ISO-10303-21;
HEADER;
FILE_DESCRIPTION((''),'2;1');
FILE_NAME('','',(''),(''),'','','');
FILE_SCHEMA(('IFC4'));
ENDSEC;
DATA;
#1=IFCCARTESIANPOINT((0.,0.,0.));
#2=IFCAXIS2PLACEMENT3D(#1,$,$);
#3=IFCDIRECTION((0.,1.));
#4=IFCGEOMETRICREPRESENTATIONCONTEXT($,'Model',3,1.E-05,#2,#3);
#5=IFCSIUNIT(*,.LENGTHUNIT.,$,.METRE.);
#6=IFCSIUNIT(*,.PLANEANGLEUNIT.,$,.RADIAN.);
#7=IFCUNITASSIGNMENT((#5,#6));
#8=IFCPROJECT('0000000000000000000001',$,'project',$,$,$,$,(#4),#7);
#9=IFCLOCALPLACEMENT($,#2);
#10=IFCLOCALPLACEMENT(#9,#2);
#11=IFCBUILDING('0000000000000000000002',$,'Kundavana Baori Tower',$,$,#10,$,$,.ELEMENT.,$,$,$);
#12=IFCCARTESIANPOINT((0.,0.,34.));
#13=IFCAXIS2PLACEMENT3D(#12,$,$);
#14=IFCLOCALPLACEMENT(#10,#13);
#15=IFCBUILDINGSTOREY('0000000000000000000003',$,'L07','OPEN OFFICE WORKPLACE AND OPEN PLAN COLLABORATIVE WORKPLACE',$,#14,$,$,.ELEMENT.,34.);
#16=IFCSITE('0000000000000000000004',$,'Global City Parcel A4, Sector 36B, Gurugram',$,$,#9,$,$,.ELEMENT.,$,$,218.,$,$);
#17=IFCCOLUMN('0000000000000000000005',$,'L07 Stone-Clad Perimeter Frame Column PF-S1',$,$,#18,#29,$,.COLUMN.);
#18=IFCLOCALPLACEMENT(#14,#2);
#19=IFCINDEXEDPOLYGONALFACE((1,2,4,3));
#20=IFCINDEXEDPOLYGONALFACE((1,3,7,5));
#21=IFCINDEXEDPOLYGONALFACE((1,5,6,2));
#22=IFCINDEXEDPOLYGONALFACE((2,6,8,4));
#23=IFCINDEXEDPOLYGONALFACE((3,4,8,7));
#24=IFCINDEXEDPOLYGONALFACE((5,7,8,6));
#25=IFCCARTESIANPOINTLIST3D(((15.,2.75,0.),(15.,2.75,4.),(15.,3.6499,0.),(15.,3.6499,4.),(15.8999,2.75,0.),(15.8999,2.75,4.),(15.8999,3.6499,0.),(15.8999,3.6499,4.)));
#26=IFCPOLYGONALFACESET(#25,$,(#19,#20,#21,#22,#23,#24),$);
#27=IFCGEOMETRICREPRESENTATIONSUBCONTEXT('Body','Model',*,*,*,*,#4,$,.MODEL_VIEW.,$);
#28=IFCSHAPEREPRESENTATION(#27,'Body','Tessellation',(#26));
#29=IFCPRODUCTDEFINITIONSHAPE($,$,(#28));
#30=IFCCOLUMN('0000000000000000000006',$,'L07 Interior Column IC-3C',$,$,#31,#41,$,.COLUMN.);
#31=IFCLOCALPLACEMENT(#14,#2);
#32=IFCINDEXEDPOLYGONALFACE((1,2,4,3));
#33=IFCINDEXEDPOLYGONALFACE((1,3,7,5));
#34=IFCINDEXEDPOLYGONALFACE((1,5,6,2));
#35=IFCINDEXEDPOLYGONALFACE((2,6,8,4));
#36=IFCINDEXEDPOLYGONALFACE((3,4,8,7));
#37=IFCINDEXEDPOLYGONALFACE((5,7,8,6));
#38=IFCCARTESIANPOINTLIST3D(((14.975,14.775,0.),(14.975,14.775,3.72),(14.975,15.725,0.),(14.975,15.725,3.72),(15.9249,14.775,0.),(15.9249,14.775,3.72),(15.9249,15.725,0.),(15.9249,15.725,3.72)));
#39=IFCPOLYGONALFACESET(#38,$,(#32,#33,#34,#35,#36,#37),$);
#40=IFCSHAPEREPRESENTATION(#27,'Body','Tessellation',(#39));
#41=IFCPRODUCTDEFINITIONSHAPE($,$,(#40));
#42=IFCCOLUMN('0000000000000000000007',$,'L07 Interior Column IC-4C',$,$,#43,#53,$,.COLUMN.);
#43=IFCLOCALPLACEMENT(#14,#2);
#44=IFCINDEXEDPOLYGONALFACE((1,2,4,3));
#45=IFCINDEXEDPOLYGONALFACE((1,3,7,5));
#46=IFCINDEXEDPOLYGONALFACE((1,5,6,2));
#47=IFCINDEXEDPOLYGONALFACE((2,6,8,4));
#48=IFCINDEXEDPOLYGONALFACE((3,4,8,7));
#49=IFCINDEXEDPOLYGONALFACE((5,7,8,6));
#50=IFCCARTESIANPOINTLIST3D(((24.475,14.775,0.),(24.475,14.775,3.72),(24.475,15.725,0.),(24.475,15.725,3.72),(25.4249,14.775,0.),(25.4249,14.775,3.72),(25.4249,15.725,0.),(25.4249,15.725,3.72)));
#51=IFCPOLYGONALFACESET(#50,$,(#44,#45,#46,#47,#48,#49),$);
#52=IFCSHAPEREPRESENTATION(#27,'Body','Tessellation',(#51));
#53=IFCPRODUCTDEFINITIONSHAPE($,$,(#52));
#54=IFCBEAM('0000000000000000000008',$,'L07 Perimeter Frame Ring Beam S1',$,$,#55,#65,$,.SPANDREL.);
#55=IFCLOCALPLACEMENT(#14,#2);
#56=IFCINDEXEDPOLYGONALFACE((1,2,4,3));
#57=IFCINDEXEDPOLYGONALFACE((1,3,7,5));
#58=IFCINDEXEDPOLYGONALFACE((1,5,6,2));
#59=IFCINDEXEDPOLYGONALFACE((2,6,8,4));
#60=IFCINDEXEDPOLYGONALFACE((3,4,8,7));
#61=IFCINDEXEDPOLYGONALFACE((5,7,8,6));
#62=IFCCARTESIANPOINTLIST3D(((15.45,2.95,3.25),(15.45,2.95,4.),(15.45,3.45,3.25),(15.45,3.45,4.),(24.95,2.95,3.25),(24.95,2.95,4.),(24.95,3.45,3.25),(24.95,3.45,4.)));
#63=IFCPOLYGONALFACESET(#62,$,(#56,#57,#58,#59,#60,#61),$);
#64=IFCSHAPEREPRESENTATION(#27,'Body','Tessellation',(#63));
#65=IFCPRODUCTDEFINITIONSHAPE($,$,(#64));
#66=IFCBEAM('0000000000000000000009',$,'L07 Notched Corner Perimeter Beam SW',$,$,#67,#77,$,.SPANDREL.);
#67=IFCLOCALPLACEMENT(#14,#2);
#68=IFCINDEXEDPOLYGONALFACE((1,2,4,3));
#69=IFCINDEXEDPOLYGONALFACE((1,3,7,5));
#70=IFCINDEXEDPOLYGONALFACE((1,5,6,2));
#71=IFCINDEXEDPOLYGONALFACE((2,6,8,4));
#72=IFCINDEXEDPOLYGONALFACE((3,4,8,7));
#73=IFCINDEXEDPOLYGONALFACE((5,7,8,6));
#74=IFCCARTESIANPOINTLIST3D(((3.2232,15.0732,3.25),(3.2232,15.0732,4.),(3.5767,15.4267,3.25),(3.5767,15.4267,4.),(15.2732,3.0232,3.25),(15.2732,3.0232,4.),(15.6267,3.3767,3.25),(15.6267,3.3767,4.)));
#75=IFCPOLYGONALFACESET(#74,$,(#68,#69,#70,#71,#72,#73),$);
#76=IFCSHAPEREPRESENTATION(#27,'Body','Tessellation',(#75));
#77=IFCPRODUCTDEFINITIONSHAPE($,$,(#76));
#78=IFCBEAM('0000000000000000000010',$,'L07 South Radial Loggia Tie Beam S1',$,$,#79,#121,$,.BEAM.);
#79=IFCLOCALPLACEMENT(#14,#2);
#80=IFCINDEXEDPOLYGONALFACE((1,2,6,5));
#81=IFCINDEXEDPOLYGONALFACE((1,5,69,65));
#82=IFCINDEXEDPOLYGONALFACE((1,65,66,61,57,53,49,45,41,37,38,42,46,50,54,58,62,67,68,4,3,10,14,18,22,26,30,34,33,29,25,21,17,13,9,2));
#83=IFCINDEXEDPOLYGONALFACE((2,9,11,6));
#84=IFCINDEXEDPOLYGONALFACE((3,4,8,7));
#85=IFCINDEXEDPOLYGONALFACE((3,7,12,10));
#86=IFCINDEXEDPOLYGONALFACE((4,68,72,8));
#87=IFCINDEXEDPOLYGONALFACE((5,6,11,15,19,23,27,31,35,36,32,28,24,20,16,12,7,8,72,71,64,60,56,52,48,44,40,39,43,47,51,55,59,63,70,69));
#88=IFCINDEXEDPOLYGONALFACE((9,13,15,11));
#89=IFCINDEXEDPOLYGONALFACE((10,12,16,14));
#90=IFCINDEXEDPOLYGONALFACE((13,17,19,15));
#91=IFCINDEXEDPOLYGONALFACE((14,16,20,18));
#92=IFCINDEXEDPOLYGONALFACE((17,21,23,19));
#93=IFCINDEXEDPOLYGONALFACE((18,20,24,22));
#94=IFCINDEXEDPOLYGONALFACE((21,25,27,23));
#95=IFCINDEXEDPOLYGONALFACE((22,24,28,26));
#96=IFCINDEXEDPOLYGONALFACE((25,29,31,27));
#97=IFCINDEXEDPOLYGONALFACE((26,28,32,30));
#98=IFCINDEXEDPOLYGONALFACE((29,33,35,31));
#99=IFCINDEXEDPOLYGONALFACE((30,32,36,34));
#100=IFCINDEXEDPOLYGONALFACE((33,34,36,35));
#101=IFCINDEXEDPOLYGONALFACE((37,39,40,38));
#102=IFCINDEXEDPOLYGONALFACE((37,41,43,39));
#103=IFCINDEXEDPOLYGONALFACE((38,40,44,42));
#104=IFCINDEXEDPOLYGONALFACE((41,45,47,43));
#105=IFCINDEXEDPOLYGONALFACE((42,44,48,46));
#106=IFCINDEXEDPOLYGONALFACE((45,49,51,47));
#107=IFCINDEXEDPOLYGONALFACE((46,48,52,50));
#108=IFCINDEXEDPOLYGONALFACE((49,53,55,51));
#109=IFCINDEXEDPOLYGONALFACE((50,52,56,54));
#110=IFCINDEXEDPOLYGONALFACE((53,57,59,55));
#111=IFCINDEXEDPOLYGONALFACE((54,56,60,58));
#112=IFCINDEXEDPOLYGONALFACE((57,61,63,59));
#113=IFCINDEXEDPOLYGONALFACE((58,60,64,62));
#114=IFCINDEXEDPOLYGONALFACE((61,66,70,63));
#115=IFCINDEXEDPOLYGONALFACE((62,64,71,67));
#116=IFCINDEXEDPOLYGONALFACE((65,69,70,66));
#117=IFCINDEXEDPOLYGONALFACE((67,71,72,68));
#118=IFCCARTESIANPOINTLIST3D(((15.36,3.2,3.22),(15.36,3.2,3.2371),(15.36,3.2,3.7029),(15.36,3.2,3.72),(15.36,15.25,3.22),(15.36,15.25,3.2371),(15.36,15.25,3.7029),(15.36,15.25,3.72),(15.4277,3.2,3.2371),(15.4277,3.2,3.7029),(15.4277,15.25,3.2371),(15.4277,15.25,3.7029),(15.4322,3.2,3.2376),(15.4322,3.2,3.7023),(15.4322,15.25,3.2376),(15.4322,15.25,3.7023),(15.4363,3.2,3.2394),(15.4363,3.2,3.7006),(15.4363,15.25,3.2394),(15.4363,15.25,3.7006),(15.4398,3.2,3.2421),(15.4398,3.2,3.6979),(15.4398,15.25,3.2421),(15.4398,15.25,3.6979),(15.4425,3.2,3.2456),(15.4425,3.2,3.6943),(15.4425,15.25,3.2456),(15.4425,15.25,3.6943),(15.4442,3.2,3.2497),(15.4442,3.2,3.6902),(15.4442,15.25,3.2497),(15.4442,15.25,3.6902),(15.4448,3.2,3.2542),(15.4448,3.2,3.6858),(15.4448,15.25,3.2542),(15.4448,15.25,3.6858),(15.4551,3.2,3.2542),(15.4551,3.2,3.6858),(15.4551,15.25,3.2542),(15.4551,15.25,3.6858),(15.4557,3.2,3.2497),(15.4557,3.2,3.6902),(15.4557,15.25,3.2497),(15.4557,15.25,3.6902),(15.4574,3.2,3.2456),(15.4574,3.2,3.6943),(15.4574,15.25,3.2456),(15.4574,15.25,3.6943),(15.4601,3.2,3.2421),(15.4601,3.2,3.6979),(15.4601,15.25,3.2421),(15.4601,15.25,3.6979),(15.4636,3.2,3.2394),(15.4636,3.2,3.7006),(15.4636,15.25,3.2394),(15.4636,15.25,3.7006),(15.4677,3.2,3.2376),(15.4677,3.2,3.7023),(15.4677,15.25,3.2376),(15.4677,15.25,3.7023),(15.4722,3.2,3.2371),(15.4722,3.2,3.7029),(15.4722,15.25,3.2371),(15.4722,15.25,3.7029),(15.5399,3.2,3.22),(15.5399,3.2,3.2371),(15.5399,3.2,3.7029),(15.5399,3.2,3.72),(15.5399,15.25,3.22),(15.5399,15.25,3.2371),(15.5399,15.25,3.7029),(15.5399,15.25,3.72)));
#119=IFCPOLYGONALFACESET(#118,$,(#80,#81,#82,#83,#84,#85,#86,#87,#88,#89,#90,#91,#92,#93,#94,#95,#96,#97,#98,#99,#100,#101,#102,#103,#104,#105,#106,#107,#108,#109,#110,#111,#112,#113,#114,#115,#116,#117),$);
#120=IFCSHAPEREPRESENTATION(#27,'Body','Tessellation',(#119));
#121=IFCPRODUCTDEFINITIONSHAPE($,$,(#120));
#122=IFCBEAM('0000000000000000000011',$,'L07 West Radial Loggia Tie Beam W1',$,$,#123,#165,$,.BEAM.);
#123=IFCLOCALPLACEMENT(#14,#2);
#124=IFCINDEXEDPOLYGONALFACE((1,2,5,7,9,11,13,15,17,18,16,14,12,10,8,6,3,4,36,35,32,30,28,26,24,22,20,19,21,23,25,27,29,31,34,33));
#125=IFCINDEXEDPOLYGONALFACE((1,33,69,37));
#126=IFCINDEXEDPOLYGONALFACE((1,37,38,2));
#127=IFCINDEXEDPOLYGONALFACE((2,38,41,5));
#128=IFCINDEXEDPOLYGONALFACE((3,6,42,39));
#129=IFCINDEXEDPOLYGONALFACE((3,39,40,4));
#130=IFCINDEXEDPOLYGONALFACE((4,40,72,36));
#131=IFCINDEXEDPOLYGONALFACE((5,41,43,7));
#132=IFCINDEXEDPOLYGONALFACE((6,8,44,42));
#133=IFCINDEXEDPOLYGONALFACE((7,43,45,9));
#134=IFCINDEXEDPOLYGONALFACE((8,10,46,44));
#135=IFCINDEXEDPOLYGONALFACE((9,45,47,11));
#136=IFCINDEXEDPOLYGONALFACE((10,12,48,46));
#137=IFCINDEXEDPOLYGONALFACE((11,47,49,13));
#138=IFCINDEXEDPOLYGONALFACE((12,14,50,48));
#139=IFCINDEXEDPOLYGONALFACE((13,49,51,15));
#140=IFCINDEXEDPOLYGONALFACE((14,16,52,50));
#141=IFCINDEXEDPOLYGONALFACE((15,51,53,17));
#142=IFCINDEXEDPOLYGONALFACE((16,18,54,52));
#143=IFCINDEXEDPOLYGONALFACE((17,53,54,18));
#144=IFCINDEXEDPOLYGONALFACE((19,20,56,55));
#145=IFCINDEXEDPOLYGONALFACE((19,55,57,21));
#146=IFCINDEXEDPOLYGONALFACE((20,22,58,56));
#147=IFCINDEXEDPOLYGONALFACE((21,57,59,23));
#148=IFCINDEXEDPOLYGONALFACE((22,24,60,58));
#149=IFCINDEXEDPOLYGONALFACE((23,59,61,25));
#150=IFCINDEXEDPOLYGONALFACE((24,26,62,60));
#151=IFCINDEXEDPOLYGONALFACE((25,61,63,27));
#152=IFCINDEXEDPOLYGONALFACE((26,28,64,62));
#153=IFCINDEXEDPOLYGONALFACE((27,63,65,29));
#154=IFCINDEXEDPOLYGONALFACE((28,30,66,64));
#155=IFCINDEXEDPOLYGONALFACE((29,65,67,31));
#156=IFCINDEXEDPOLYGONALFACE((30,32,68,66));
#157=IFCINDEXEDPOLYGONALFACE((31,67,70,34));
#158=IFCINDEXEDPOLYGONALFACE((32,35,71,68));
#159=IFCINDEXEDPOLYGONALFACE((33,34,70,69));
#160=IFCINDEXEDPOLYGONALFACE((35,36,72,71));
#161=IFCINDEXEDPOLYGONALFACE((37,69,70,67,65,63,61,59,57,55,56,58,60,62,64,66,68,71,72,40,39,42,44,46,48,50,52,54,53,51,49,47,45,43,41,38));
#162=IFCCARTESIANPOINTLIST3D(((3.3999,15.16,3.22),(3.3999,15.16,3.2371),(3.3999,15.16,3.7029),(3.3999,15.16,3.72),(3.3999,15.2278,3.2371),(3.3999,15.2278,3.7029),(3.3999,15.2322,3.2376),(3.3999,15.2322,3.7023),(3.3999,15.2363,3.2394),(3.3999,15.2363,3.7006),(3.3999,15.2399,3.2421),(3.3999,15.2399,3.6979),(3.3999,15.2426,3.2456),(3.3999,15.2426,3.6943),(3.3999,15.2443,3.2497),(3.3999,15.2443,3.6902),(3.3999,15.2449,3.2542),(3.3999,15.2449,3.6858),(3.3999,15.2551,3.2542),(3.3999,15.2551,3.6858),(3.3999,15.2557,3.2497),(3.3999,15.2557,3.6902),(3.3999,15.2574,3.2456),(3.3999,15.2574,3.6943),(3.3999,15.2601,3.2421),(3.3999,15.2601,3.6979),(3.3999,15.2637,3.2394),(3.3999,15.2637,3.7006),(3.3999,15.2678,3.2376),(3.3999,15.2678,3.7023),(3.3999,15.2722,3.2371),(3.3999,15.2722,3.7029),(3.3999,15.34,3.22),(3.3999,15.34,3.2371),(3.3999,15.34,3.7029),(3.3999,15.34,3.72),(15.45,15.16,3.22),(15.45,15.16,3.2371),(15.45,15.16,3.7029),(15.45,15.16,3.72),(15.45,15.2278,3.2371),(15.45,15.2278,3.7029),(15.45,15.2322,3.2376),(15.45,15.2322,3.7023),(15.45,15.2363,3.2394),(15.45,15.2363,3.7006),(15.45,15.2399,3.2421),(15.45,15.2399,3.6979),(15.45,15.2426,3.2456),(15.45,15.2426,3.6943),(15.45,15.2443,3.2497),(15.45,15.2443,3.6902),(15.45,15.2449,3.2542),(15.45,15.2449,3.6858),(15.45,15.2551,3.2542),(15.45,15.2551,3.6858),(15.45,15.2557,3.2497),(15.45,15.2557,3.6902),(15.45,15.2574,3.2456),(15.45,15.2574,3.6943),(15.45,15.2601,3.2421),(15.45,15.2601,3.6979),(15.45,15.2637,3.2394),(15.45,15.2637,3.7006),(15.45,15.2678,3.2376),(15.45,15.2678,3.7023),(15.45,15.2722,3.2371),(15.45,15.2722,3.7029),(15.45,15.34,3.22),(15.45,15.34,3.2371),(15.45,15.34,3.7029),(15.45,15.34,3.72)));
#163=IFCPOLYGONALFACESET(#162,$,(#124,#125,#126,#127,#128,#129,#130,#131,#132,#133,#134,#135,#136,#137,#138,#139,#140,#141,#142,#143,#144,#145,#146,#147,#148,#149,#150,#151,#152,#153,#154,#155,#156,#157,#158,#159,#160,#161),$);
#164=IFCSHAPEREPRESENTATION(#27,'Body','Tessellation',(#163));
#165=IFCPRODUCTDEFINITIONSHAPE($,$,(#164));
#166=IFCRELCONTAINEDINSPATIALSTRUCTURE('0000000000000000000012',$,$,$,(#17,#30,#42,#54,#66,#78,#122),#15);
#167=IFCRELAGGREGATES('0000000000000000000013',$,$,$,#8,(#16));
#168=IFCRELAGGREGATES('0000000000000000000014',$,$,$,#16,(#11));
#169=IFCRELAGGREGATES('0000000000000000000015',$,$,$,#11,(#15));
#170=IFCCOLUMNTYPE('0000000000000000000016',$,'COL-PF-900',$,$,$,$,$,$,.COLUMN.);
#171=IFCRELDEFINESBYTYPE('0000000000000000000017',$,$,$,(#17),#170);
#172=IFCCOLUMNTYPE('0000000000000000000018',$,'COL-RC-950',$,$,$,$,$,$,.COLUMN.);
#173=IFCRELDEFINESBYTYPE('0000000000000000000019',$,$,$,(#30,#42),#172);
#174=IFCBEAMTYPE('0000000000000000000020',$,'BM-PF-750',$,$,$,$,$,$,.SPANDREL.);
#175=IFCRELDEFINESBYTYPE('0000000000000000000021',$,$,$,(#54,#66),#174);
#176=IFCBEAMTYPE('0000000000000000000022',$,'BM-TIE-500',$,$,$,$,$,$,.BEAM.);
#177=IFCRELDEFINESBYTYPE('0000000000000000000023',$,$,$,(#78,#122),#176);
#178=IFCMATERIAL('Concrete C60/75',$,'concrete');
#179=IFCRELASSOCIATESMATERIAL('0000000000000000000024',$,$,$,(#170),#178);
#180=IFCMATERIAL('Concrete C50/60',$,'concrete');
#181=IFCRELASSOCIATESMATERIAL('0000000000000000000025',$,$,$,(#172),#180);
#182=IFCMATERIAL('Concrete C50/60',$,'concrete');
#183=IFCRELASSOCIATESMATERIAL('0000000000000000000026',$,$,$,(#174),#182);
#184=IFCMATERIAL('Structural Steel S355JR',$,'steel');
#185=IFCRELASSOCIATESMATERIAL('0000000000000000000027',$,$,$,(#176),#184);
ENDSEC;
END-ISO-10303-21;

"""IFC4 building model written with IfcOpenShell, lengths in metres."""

from ifc_helpers import new_model, si_unit, direction, frame, origin, origin_2d, place, context, subcontext, project, spatial, rectangle, i_section, extrude, material, material_profile, profile_set, type_object, element, save


model = new_model("IFC4")

# Units and contexts
model_context = context("Model", 3, precision=1e-05, world=origin(), true_north=direction((0.0, 1.0)))
body_context = subcontext(model_context, "Body", "Model", "MODEL_VIEW")
ifc_project = project(units=[si_unit("LENGTHUNIT", "METRE"), si_unit("PLANEANGLEUNIT", "RADIAN")], contexts=[model_context])

# Site, building, storey
site_placement = place(None, origin())
site = spatial("IfcSite", under=ifc_project, at=site_placement, Name="Global City Parcel A4, Sector 36B, Gurugram", CompositionType="ELEMENT", RefElevation=218.0)
building_placement = place(site_placement, origin())
building = spatial("IfcBuilding", under=site, at=building_placement, Name="Kundavana Baori Tower", CompositionType="ELEMENT")
storey_placement = place(building_placement, frame((0.0, 0.0, 34.0)))
storey = spatial("IfcBuildingStorey", under=building, at=storey_placement, Name="L07", Description="OPEN OFFICE WORKPLACE AND OPEN PLAN COLLABORATIVE WORKPLACE", CompositionType="ELEMENT", Elevation=34.0)

# Columns
ifc_material_1 = material(Name="Concrete C60/75", Category="concrete")
ifc_material_profile_1 = material_profile(ifc_material_1, rectangle(XDim=0.8999, YDim=0.8999, at=origin_2d()), Name="RC PF 900x900")
ifc_profile_set_1 = profile_set([ifc_material_profile_1], Name="Concrete C60/75")
column_type_1 = type_object("IfcColumnType", Name="COL-PF-900", PredefinedType="COLUMN", material=ifc_profile_set_1)
column_placement = place(storey_placement, frame((15.45, 3.2, 0.0), z_axis=(0.0, 0.0, 1.0), x_axis=(1.0, 0.0, 0.0)))
element("IfcColumn", 1, at=column_placement, inside=storey, type_object=column_type_1, Name="L07 Stone-Clad Perimeter Frame Column PF-S1", PredefinedType="COLUMN", context=body_context, shape_type="SweptSolid", body=[
    extrude(rectangle(XDim=0.8999, YDim=0.8999, at=origin_2d()), origin(), (0.0, 0.0, 1.0), 4.0),
])
ifc_material_2 = material(Name="Concrete C50/60", Category="concrete")
ifc_material_profile_2 = material_profile(ifc_material_2, rectangle(XDim=0.95, YDim=0.95, at=origin_2d()), Name="RC 950x950")
ifc_profile_set_2 = profile_set([ifc_material_profile_2], Name="Concrete C50/60")
column_type_2 = type_object("IfcColumnType", Name="COL-RC-950", PredefinedType="COLUMN", material=ifc_profile_set_2)
for number, where, z_axis, x_axis, name in (
    (2, (15.45, 15.25, 0.0), (0.0, 0.0, 1.0), (1.0, 0.0, 0.0), "L07 Interior Column IC-3C"),
    (3, (24.95, 15.25, 0.0), (0.0, 0.0, 1.0), (1.0, 0.0, 0.0), "L07 Interior Column IC-4C"),
):
    element("IfcColumn", number, at=place(storey_placement, frame(where, z_axis=z_axis, x_axis=x_axis)), inside=storey, type_object=column_type_2, Name=name, PredefinedType="COLUMN", context=body_context, shape_type="SweptSolid", body=[
        extrude(rectangle(XDim=0.95, YDim=0.95, at=origin_2d()), origin(), (0.0, 0.0, 1.0), 3.72),
    ])

# Beams
ifc_material_3 = material(Name="Concrete C50/60", Category="concrete")
ifc_material_profile_3 = material_profile(ifc_material_3, rectangle(XDim=0.5, YDim=0.75, at=origin_2d()), Name="RC BM 500x750")
ifc_profile_set_3 = profile_set([ifc_material_profile_3], Name="Concrete C50/60")
beam_type_1 = type_object("IfcBeamType", Name="BM-PF-750", PredefinedType="SPANDREL", material=ifc_profile_set_3)
beam_1_placement = place(storey_placement, frame((15.45, 3.2, 3.625), z_axis=(1.0, 0.0, 0.0), x_axis=(0.0, 1.0, 0.0)))
element("IfcBeam", 4, at=beam_1_placement, inside=storey, type_object=beam_type_1, Name="L07 Perimeter Frame Ring Beam S1", PredefinedType="SPANDREL", context=body_context, shape_type="SweptSolid", body=[
    extrude(rectangle(XDim=0.5, YDim=0.75, at=origin_2d()), origin(), (0.0, 0.0, 1.0), 9.5),
])
beam_2_placement = place(storey_placement, frame((15.45, 3.2, 3.625), z_axis=(-0.707107, 0.707107, 0.0), x_axis=(-0.707107, -0.707107, 0.0)))
element("IfcBeam", 5, at=beam_2_placement, inside=storey, type_object=beam_type_1, Name="L07 Notched Corner Perimeter Beam SW", PredefinedType="SPANDREL", context=body_context, shape_type="SweptSolid", body=[
    extrude(rectangle(XDim=0.5, YDim=0.75, at=origin_2d()), origin(), (0.0, 0.0, 1.0), 17.0413),
])
ifc_material_4 = material(Name="Structural Steel S355JR", Category="steel")
ifc_material_profile_4 = material_profile(ifc_material_4, i_section(OverallWidth=0.1799, OverallDepth=0.5, WebThickness=0.0103, FlangeThickness=0.0171, FilletRadius=0.0171, at=origin_2d()), Name="ISMB 500")
ifc_profile_set_4 = profile_set([ifc_material_profile_4], Name="Structural Steel S355JR")
beam_type_2 = type_object("IfcBeamType", Name="BM-TIE-500", PredefinedType="BEAM", material=ifc_profile_set_4)
for number, where, z_axis, x_axis, name in (
    (6, (15.45, 15.25, 3.47), (0.0, -1.0, 0.0), (1.0, 0.0, 0.0), "L07 South Radial Loggia Tie Beam S1"),
    (7, (15.45, 15.25, 3.47), (-1.0, 0.0, 0.0), (0.0, -1.0, 0.0), "L07 West Radial Loggia Tie Beam W1"),
):
    element("IfcBeam", number, at=place(storey_placement, frame(where, z_axis=z_axis, x_axis=x_axis)), inside=storey, type_object=beam_type_2, Name=name, PredefinedType="BEAM", context=body_context, shape_type="SweptSolid", body=[
        extrude(i_section(OverallWidth=0.1799, OverallDepth=0.5, WebThickness=0.0103, FlangeThickness=0.0171, FilletRadius=0.0171, at=origin_2d()), origin(), (0.0, 0.0, 1.0), 12.05),
    ])

save(model, "model.ifc")
